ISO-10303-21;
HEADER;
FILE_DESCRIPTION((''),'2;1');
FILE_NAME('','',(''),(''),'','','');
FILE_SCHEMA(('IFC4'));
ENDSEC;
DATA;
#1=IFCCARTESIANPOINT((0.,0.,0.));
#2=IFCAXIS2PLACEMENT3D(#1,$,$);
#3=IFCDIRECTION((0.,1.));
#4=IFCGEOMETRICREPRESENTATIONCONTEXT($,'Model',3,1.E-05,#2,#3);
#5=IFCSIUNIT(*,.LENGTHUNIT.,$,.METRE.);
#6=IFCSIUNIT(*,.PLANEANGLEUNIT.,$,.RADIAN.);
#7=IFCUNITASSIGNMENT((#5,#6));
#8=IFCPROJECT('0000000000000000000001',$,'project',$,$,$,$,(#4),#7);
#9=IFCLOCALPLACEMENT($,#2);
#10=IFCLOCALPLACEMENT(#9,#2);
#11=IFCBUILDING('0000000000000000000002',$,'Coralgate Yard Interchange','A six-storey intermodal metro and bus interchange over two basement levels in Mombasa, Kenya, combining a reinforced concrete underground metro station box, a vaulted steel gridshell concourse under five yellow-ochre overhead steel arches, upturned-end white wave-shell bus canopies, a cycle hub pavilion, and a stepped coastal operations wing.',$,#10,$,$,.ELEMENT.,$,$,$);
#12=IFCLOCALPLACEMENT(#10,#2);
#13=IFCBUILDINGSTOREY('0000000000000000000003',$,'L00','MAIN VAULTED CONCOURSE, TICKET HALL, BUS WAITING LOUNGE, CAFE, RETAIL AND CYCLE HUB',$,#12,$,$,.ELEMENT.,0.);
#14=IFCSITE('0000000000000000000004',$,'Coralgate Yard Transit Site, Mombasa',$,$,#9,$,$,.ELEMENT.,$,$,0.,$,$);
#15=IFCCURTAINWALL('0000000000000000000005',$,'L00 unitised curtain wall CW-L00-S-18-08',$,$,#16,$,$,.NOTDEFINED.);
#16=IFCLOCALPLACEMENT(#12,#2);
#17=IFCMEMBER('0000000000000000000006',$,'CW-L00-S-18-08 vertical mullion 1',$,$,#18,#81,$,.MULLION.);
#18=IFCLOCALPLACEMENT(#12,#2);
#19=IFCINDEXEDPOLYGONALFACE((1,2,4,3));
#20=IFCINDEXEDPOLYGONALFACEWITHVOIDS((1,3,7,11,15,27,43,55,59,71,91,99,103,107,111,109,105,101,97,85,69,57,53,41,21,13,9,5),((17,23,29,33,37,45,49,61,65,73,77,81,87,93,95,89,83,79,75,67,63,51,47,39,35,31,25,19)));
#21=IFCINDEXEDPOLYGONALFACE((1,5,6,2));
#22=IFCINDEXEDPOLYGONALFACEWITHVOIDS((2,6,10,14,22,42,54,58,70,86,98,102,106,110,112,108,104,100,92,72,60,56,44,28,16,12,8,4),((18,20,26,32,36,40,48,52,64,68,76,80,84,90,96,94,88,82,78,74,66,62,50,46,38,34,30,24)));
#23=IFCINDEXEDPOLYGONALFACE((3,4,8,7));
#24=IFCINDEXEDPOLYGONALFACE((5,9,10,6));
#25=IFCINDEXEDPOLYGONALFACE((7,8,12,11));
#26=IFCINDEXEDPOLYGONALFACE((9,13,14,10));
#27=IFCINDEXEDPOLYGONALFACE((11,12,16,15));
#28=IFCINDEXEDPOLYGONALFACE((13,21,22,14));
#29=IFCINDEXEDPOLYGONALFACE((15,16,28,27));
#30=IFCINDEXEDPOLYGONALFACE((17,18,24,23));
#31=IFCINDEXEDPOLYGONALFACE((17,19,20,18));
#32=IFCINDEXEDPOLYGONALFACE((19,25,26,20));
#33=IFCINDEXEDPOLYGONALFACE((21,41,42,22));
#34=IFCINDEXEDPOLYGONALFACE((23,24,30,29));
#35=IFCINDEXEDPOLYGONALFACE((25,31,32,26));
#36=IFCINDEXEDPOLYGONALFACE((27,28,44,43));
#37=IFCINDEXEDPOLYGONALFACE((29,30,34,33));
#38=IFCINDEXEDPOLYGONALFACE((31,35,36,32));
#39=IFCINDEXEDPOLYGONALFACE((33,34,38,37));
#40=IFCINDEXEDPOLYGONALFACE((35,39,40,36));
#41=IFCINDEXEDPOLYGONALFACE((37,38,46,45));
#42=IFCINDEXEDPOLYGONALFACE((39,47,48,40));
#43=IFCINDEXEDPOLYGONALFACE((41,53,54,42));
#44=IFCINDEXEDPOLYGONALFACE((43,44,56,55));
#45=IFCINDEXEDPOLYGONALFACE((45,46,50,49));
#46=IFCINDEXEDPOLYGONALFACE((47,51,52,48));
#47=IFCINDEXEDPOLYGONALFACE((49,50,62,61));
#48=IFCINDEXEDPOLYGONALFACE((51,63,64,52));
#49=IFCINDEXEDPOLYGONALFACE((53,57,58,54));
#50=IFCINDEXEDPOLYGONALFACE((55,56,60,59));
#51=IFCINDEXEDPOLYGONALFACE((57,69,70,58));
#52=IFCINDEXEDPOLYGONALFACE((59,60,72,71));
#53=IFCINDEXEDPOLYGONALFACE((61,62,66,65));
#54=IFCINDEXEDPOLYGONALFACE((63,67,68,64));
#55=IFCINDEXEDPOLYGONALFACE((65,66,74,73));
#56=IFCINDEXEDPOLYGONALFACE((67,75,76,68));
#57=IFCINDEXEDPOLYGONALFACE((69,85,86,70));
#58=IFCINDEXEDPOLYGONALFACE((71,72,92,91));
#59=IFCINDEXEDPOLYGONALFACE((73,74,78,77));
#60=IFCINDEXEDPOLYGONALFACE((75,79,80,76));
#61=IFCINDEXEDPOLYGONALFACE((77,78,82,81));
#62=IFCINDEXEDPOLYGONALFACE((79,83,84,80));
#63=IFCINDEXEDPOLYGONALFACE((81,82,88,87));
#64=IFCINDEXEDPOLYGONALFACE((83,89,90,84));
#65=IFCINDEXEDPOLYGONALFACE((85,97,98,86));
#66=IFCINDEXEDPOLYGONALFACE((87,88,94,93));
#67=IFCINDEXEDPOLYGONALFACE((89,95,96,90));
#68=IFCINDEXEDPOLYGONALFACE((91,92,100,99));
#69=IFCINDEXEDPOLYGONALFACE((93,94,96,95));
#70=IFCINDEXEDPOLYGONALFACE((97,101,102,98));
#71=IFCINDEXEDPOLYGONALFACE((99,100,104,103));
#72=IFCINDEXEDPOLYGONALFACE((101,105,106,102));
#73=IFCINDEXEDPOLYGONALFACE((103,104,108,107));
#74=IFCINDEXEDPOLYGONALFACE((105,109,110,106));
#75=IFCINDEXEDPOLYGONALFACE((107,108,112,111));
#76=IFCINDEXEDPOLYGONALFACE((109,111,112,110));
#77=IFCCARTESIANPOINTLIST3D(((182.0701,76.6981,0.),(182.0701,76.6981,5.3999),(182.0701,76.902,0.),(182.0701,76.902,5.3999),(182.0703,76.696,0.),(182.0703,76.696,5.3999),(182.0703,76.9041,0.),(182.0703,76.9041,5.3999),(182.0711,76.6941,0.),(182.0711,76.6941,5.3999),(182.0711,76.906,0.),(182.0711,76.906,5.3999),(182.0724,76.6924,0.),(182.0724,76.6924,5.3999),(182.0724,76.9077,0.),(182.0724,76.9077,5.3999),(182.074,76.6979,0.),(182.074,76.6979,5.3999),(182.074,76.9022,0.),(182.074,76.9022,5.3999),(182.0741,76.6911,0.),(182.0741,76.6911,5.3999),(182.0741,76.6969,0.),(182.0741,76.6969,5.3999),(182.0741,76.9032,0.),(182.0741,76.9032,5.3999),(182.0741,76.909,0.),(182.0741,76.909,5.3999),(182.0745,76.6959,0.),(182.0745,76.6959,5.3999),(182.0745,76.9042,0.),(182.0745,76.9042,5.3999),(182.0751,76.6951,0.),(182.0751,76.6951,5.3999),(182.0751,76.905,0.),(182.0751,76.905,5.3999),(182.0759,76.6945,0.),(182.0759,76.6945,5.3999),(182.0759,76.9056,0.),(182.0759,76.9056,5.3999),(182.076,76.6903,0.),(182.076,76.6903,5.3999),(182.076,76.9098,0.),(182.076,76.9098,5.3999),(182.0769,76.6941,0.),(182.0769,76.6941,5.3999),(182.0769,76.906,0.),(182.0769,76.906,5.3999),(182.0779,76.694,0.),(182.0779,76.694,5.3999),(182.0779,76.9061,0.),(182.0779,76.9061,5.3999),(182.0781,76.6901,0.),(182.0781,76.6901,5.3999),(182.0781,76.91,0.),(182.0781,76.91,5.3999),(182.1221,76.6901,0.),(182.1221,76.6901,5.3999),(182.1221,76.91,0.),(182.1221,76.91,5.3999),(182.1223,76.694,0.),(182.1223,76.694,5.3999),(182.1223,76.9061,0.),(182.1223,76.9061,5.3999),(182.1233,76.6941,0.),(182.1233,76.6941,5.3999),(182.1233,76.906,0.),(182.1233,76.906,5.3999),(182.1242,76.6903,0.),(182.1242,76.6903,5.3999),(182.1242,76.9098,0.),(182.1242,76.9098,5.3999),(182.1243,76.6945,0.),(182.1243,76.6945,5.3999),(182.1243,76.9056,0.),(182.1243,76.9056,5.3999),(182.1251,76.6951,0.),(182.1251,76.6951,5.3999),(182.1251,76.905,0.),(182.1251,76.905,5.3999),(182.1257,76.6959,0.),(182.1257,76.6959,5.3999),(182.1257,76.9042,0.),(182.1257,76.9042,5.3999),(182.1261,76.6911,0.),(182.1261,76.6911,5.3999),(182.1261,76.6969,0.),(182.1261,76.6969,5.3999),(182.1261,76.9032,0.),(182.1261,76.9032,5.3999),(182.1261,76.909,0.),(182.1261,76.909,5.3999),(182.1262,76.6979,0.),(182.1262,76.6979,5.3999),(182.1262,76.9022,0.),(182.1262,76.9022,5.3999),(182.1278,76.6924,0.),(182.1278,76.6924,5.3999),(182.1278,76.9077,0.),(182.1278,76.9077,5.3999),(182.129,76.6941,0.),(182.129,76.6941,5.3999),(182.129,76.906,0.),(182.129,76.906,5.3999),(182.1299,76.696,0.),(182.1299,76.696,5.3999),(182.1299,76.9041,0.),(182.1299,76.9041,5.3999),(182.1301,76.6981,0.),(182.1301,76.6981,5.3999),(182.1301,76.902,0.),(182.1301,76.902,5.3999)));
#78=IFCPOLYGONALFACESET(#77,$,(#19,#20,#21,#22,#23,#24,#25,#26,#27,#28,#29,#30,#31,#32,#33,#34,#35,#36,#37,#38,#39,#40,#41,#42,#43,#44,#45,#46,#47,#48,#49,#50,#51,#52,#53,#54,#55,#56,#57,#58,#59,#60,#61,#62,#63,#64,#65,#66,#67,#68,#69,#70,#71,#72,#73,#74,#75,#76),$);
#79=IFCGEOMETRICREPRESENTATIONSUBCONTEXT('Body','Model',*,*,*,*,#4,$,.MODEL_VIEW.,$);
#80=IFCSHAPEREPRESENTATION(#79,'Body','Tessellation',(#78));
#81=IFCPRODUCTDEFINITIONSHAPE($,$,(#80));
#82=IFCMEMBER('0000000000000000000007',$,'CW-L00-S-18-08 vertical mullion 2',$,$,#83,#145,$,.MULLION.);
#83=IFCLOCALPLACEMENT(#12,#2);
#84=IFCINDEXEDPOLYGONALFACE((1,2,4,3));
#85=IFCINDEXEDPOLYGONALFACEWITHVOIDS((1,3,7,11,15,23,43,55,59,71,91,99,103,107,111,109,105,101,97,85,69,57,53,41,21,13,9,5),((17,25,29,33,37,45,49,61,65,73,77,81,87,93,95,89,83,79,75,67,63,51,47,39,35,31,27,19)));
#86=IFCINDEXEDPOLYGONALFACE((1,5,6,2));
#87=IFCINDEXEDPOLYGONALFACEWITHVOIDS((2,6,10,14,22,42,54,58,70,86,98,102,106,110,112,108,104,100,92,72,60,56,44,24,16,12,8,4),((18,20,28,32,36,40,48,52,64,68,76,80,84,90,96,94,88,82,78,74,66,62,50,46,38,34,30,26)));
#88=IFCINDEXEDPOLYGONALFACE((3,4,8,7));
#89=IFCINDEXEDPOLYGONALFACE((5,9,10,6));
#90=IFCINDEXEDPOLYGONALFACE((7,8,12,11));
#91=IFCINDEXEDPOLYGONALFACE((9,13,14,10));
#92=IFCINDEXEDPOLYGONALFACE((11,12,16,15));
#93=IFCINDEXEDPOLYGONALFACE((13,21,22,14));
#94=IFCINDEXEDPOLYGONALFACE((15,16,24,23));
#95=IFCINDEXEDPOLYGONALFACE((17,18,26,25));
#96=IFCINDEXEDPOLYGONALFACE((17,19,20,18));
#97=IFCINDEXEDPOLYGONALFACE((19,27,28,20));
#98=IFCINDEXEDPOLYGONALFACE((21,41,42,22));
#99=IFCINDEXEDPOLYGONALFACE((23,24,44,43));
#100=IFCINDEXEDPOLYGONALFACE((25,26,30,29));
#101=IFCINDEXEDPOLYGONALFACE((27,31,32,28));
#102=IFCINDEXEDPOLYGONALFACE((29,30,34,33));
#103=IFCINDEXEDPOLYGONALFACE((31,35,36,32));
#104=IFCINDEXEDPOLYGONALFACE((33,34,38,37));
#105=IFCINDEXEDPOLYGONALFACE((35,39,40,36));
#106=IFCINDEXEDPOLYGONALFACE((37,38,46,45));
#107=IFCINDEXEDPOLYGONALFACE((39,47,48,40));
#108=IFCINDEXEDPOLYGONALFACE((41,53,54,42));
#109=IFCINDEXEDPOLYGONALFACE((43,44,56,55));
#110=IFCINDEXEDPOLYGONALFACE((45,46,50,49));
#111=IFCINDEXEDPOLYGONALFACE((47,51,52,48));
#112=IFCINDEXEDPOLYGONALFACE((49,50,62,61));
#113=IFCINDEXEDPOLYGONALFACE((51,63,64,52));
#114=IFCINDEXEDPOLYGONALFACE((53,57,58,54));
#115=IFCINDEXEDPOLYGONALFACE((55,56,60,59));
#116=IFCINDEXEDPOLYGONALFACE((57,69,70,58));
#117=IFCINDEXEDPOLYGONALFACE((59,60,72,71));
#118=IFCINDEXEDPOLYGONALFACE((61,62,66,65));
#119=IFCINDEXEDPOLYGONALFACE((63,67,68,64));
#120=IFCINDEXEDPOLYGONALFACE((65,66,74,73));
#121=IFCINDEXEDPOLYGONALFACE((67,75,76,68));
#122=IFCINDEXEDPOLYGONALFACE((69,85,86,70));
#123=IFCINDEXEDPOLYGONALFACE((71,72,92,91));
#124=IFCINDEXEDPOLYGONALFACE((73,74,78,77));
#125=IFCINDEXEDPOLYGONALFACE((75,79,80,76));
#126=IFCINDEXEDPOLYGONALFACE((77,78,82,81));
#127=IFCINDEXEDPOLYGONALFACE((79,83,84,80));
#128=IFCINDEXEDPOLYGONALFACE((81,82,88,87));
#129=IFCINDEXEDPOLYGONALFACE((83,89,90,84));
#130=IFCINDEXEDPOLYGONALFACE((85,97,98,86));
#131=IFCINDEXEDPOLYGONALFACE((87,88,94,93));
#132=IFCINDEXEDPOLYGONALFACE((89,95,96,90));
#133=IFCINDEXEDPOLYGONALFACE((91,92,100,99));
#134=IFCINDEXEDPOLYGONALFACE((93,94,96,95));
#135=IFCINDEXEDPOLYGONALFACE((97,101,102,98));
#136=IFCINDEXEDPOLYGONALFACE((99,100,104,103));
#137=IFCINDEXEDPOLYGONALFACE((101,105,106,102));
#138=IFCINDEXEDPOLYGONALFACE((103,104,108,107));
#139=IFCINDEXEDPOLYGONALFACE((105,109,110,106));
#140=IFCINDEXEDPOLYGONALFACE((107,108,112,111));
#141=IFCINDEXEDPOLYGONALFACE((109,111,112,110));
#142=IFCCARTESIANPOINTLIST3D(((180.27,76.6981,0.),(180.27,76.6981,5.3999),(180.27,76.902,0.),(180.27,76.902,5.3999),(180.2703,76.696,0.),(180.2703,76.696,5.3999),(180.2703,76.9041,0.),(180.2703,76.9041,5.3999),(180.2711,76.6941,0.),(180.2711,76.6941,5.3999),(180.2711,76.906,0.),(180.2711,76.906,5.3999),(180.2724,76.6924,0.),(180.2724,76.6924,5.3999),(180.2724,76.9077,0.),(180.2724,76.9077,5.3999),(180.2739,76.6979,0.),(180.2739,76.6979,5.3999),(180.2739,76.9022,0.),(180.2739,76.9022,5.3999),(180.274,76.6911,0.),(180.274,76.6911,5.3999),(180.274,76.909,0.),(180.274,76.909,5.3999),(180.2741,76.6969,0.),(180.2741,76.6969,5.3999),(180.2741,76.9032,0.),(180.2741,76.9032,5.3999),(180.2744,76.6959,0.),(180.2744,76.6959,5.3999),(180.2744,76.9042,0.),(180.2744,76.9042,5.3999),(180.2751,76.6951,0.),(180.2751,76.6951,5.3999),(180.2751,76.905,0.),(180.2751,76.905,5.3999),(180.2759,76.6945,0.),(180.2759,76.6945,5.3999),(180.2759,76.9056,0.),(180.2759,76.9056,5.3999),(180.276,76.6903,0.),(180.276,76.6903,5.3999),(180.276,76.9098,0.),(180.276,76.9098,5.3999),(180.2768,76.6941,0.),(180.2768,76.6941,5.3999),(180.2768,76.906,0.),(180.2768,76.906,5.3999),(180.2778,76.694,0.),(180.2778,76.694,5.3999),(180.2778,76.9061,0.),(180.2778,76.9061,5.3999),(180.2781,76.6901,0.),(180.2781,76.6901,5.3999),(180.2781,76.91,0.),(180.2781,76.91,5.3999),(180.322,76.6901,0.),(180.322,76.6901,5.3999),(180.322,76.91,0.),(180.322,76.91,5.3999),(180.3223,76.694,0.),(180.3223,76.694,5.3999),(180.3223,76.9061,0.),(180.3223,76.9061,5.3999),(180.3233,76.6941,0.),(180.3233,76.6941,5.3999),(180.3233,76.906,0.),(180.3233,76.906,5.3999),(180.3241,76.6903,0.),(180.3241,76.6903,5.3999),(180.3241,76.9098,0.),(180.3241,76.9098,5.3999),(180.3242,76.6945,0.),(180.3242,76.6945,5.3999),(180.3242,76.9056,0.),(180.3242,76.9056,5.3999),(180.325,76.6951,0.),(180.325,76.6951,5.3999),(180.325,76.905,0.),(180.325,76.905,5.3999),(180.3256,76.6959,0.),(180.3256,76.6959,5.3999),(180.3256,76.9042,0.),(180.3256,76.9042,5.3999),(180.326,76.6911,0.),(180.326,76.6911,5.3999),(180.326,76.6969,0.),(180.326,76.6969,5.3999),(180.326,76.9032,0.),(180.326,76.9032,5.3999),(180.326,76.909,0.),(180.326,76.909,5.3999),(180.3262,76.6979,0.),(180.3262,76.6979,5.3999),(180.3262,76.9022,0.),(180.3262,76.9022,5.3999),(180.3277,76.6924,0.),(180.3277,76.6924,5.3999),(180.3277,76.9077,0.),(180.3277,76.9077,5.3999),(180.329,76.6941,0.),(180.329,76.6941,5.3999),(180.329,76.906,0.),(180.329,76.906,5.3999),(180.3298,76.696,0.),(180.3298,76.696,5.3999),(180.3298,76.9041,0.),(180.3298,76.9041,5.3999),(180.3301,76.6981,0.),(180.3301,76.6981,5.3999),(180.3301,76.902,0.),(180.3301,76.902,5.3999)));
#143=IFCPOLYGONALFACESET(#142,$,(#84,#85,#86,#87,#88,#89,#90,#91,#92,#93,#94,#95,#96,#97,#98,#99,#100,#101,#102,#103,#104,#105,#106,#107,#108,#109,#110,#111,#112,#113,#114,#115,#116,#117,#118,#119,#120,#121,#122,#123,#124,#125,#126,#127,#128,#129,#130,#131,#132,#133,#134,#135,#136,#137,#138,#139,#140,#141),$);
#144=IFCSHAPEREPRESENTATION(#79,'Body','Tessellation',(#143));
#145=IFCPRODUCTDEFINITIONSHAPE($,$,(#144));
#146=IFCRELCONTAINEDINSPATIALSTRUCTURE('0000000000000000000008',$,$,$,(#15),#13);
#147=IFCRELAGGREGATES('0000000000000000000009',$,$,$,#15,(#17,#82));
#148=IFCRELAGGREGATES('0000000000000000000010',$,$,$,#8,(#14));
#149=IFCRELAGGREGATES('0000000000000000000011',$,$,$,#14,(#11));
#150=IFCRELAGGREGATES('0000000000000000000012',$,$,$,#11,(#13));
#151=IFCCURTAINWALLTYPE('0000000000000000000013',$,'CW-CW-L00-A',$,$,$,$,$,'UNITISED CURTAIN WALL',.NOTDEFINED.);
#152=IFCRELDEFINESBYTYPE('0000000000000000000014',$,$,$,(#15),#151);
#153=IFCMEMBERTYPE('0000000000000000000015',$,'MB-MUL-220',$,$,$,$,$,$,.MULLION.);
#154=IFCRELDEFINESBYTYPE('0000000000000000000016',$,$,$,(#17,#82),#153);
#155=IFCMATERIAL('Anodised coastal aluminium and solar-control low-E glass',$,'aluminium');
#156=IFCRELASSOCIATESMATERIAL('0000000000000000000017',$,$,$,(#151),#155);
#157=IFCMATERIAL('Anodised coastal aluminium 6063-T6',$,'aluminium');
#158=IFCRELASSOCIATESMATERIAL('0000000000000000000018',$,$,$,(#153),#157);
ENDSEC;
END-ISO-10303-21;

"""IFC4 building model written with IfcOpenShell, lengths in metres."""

from ifc_helpers import new_model, si_unit, direction, frame, origin, origin_2d, place, context, subcontext, project, spatial, hollow_rectangle, extrude, material, material_profile, profile_set, type_object, element, aggregate, save


model = new_model("IFC4")

# Units and contexts
model_context = context("Model", 3, precision=1e-05, world=origin(), true_north=direction((0.0, 1.0)))
body_context = subcontext(model_context, "Body", "Model", "MODEL_VIEW")
ifc_project = project(units=[si_unit("LENGTHUNIT", "METRE"), si_unit("PLANEANGLEUNIT", "RADIAN")], contexts=[model_context])

# Site, building, storey
site_placement = place(None, origin())
site = spatial("IfcSite", under=ifc_project, at=site_placement, Name="Coralgate Yard Transit Site, Mombasa", CompositionType="ELEMENT", RefElevation=0.0)
building_placement = place(site_placement, origin())
building = spatial("IfcBuilding", under=site, at=building_placement, Name="Coralgate Yard Interchange", Description="A six-storey intermodal metro and bus interchange over two basement levels in Mombasa, Kenya, combining a reinforced concrete underground metro station box, a vaulted steel gridshell concourse under five yellow-ochre overhead steel arches, upturned-end white wave-shell bus canopies, a cycle hub pavilion, and a stepped coastal operations wing.", CompositionType="ELEMENT")
storey_placement = place(building_placement, origin())
storey = spatial("IfcBuildingStorey", under=building, at=storey_placement, Name="L00", Description="MAIN VAULTED CONCOURSE, TICKET HALL, BUS WAITING LOUNGE, CAFE, RETAIL AND CYCLE HUB", CompositionType="ELEMENT", Elevation=0.0)

# Curtain wall, members
ifc_material_1 = material(Name="Anodised coastal aluminium and solar-control low-E glass", Category="aluminium")
curtain_wall_type_1 = type_object("IfcCurtainWallType", Name="CW-CW-L00-A", ElementType="UNITISED CURTAIN WALL", PredefinedType="NOTDEFINED", material=ifc_material_1)
curtain_wall_1_placement = place(storey_placement, origin())
curtain_wall_1 = element("IfcCurtainWall", 1, at=curtain_wall_1_placement, inside=storey, type_object=curtain_wall_type_1, Name="L00 unitised curtain wall CW-L00-S-18-08", PredefinedType="NOTDEFINED")
ifc_material_2 = material(Name="Anodised coastal aluminium 6063-T6", Category="aluminium")
ifc_material_profile_1 = material_profile(ifc_material_2, hollow_rectangle(XDim=0.0601, YDim=0.22, WallThickness=0.0039, InnerFilletRadius=0.0039, OuterFilletRadius=0.0081, at=origin_2d()), Name="ALU 60x220x4")
ifc_profile_set_1 = profile_set([ifc_material_profile_1], Name="Anodised coastal aluminium 6063-T6")
member_type_1 = type_object("IfcMemberType", Name="MB-MUL-220", PredefinedType="MULLION", material=ifc_profile_set_1)
member_1_placement = place(storey_placement, frame((182.1001, 76.8, 0.0), z_axis=(0.0, 0.0, 1.0), x_axis=(1.0, 0.0, 0.0)))
member_1 = element("IfcMember", 2, at=member_1_placement, type_object=member_type_1, Name="CW-L00-S-18-08 vertical mullion 1", PredefinedType="MULLION", context=body_context, shape_type="SweptSolid", body=[
    extrude(hollow_rectangle(XDim=0.0601, YDim=0.22, WallThickness=0.0039, InnerFilletRadius=0.0039, OuterFilletRadius=0.0081, at=origin_2d()), origin(), (0.0, 0.0, 1.0), 5.3999),
])
member_2_placement = place(storey_placement, frame((180.3, 76.8, 0.0), z_axis=(0.0, 0.0, 1.0), x_axis=(1.0, 0.0, 0.0)))
member_2 = element("IfcMember", 3, at=member_2_placement, type_object=member_type_1, Name="CW-L00-S-18-08 vertical mullion 2", PredefinedType="MULLION", context=body_context, shape_type="SweptSolid", body=[
    extrude(hollow_rectangle(XDim=0.0601, YDim=0.22, WallThickness=0.0039, InnerFilletRadius=0.0039, OuterFilletRadius=0.0081, at=origin_2d()), origin(), (0.0, 0.0, 1.0), 5.3999),
])

aggregate(curtain_wall_1, [member_1, member_2])

save(model, "model.ifc")
